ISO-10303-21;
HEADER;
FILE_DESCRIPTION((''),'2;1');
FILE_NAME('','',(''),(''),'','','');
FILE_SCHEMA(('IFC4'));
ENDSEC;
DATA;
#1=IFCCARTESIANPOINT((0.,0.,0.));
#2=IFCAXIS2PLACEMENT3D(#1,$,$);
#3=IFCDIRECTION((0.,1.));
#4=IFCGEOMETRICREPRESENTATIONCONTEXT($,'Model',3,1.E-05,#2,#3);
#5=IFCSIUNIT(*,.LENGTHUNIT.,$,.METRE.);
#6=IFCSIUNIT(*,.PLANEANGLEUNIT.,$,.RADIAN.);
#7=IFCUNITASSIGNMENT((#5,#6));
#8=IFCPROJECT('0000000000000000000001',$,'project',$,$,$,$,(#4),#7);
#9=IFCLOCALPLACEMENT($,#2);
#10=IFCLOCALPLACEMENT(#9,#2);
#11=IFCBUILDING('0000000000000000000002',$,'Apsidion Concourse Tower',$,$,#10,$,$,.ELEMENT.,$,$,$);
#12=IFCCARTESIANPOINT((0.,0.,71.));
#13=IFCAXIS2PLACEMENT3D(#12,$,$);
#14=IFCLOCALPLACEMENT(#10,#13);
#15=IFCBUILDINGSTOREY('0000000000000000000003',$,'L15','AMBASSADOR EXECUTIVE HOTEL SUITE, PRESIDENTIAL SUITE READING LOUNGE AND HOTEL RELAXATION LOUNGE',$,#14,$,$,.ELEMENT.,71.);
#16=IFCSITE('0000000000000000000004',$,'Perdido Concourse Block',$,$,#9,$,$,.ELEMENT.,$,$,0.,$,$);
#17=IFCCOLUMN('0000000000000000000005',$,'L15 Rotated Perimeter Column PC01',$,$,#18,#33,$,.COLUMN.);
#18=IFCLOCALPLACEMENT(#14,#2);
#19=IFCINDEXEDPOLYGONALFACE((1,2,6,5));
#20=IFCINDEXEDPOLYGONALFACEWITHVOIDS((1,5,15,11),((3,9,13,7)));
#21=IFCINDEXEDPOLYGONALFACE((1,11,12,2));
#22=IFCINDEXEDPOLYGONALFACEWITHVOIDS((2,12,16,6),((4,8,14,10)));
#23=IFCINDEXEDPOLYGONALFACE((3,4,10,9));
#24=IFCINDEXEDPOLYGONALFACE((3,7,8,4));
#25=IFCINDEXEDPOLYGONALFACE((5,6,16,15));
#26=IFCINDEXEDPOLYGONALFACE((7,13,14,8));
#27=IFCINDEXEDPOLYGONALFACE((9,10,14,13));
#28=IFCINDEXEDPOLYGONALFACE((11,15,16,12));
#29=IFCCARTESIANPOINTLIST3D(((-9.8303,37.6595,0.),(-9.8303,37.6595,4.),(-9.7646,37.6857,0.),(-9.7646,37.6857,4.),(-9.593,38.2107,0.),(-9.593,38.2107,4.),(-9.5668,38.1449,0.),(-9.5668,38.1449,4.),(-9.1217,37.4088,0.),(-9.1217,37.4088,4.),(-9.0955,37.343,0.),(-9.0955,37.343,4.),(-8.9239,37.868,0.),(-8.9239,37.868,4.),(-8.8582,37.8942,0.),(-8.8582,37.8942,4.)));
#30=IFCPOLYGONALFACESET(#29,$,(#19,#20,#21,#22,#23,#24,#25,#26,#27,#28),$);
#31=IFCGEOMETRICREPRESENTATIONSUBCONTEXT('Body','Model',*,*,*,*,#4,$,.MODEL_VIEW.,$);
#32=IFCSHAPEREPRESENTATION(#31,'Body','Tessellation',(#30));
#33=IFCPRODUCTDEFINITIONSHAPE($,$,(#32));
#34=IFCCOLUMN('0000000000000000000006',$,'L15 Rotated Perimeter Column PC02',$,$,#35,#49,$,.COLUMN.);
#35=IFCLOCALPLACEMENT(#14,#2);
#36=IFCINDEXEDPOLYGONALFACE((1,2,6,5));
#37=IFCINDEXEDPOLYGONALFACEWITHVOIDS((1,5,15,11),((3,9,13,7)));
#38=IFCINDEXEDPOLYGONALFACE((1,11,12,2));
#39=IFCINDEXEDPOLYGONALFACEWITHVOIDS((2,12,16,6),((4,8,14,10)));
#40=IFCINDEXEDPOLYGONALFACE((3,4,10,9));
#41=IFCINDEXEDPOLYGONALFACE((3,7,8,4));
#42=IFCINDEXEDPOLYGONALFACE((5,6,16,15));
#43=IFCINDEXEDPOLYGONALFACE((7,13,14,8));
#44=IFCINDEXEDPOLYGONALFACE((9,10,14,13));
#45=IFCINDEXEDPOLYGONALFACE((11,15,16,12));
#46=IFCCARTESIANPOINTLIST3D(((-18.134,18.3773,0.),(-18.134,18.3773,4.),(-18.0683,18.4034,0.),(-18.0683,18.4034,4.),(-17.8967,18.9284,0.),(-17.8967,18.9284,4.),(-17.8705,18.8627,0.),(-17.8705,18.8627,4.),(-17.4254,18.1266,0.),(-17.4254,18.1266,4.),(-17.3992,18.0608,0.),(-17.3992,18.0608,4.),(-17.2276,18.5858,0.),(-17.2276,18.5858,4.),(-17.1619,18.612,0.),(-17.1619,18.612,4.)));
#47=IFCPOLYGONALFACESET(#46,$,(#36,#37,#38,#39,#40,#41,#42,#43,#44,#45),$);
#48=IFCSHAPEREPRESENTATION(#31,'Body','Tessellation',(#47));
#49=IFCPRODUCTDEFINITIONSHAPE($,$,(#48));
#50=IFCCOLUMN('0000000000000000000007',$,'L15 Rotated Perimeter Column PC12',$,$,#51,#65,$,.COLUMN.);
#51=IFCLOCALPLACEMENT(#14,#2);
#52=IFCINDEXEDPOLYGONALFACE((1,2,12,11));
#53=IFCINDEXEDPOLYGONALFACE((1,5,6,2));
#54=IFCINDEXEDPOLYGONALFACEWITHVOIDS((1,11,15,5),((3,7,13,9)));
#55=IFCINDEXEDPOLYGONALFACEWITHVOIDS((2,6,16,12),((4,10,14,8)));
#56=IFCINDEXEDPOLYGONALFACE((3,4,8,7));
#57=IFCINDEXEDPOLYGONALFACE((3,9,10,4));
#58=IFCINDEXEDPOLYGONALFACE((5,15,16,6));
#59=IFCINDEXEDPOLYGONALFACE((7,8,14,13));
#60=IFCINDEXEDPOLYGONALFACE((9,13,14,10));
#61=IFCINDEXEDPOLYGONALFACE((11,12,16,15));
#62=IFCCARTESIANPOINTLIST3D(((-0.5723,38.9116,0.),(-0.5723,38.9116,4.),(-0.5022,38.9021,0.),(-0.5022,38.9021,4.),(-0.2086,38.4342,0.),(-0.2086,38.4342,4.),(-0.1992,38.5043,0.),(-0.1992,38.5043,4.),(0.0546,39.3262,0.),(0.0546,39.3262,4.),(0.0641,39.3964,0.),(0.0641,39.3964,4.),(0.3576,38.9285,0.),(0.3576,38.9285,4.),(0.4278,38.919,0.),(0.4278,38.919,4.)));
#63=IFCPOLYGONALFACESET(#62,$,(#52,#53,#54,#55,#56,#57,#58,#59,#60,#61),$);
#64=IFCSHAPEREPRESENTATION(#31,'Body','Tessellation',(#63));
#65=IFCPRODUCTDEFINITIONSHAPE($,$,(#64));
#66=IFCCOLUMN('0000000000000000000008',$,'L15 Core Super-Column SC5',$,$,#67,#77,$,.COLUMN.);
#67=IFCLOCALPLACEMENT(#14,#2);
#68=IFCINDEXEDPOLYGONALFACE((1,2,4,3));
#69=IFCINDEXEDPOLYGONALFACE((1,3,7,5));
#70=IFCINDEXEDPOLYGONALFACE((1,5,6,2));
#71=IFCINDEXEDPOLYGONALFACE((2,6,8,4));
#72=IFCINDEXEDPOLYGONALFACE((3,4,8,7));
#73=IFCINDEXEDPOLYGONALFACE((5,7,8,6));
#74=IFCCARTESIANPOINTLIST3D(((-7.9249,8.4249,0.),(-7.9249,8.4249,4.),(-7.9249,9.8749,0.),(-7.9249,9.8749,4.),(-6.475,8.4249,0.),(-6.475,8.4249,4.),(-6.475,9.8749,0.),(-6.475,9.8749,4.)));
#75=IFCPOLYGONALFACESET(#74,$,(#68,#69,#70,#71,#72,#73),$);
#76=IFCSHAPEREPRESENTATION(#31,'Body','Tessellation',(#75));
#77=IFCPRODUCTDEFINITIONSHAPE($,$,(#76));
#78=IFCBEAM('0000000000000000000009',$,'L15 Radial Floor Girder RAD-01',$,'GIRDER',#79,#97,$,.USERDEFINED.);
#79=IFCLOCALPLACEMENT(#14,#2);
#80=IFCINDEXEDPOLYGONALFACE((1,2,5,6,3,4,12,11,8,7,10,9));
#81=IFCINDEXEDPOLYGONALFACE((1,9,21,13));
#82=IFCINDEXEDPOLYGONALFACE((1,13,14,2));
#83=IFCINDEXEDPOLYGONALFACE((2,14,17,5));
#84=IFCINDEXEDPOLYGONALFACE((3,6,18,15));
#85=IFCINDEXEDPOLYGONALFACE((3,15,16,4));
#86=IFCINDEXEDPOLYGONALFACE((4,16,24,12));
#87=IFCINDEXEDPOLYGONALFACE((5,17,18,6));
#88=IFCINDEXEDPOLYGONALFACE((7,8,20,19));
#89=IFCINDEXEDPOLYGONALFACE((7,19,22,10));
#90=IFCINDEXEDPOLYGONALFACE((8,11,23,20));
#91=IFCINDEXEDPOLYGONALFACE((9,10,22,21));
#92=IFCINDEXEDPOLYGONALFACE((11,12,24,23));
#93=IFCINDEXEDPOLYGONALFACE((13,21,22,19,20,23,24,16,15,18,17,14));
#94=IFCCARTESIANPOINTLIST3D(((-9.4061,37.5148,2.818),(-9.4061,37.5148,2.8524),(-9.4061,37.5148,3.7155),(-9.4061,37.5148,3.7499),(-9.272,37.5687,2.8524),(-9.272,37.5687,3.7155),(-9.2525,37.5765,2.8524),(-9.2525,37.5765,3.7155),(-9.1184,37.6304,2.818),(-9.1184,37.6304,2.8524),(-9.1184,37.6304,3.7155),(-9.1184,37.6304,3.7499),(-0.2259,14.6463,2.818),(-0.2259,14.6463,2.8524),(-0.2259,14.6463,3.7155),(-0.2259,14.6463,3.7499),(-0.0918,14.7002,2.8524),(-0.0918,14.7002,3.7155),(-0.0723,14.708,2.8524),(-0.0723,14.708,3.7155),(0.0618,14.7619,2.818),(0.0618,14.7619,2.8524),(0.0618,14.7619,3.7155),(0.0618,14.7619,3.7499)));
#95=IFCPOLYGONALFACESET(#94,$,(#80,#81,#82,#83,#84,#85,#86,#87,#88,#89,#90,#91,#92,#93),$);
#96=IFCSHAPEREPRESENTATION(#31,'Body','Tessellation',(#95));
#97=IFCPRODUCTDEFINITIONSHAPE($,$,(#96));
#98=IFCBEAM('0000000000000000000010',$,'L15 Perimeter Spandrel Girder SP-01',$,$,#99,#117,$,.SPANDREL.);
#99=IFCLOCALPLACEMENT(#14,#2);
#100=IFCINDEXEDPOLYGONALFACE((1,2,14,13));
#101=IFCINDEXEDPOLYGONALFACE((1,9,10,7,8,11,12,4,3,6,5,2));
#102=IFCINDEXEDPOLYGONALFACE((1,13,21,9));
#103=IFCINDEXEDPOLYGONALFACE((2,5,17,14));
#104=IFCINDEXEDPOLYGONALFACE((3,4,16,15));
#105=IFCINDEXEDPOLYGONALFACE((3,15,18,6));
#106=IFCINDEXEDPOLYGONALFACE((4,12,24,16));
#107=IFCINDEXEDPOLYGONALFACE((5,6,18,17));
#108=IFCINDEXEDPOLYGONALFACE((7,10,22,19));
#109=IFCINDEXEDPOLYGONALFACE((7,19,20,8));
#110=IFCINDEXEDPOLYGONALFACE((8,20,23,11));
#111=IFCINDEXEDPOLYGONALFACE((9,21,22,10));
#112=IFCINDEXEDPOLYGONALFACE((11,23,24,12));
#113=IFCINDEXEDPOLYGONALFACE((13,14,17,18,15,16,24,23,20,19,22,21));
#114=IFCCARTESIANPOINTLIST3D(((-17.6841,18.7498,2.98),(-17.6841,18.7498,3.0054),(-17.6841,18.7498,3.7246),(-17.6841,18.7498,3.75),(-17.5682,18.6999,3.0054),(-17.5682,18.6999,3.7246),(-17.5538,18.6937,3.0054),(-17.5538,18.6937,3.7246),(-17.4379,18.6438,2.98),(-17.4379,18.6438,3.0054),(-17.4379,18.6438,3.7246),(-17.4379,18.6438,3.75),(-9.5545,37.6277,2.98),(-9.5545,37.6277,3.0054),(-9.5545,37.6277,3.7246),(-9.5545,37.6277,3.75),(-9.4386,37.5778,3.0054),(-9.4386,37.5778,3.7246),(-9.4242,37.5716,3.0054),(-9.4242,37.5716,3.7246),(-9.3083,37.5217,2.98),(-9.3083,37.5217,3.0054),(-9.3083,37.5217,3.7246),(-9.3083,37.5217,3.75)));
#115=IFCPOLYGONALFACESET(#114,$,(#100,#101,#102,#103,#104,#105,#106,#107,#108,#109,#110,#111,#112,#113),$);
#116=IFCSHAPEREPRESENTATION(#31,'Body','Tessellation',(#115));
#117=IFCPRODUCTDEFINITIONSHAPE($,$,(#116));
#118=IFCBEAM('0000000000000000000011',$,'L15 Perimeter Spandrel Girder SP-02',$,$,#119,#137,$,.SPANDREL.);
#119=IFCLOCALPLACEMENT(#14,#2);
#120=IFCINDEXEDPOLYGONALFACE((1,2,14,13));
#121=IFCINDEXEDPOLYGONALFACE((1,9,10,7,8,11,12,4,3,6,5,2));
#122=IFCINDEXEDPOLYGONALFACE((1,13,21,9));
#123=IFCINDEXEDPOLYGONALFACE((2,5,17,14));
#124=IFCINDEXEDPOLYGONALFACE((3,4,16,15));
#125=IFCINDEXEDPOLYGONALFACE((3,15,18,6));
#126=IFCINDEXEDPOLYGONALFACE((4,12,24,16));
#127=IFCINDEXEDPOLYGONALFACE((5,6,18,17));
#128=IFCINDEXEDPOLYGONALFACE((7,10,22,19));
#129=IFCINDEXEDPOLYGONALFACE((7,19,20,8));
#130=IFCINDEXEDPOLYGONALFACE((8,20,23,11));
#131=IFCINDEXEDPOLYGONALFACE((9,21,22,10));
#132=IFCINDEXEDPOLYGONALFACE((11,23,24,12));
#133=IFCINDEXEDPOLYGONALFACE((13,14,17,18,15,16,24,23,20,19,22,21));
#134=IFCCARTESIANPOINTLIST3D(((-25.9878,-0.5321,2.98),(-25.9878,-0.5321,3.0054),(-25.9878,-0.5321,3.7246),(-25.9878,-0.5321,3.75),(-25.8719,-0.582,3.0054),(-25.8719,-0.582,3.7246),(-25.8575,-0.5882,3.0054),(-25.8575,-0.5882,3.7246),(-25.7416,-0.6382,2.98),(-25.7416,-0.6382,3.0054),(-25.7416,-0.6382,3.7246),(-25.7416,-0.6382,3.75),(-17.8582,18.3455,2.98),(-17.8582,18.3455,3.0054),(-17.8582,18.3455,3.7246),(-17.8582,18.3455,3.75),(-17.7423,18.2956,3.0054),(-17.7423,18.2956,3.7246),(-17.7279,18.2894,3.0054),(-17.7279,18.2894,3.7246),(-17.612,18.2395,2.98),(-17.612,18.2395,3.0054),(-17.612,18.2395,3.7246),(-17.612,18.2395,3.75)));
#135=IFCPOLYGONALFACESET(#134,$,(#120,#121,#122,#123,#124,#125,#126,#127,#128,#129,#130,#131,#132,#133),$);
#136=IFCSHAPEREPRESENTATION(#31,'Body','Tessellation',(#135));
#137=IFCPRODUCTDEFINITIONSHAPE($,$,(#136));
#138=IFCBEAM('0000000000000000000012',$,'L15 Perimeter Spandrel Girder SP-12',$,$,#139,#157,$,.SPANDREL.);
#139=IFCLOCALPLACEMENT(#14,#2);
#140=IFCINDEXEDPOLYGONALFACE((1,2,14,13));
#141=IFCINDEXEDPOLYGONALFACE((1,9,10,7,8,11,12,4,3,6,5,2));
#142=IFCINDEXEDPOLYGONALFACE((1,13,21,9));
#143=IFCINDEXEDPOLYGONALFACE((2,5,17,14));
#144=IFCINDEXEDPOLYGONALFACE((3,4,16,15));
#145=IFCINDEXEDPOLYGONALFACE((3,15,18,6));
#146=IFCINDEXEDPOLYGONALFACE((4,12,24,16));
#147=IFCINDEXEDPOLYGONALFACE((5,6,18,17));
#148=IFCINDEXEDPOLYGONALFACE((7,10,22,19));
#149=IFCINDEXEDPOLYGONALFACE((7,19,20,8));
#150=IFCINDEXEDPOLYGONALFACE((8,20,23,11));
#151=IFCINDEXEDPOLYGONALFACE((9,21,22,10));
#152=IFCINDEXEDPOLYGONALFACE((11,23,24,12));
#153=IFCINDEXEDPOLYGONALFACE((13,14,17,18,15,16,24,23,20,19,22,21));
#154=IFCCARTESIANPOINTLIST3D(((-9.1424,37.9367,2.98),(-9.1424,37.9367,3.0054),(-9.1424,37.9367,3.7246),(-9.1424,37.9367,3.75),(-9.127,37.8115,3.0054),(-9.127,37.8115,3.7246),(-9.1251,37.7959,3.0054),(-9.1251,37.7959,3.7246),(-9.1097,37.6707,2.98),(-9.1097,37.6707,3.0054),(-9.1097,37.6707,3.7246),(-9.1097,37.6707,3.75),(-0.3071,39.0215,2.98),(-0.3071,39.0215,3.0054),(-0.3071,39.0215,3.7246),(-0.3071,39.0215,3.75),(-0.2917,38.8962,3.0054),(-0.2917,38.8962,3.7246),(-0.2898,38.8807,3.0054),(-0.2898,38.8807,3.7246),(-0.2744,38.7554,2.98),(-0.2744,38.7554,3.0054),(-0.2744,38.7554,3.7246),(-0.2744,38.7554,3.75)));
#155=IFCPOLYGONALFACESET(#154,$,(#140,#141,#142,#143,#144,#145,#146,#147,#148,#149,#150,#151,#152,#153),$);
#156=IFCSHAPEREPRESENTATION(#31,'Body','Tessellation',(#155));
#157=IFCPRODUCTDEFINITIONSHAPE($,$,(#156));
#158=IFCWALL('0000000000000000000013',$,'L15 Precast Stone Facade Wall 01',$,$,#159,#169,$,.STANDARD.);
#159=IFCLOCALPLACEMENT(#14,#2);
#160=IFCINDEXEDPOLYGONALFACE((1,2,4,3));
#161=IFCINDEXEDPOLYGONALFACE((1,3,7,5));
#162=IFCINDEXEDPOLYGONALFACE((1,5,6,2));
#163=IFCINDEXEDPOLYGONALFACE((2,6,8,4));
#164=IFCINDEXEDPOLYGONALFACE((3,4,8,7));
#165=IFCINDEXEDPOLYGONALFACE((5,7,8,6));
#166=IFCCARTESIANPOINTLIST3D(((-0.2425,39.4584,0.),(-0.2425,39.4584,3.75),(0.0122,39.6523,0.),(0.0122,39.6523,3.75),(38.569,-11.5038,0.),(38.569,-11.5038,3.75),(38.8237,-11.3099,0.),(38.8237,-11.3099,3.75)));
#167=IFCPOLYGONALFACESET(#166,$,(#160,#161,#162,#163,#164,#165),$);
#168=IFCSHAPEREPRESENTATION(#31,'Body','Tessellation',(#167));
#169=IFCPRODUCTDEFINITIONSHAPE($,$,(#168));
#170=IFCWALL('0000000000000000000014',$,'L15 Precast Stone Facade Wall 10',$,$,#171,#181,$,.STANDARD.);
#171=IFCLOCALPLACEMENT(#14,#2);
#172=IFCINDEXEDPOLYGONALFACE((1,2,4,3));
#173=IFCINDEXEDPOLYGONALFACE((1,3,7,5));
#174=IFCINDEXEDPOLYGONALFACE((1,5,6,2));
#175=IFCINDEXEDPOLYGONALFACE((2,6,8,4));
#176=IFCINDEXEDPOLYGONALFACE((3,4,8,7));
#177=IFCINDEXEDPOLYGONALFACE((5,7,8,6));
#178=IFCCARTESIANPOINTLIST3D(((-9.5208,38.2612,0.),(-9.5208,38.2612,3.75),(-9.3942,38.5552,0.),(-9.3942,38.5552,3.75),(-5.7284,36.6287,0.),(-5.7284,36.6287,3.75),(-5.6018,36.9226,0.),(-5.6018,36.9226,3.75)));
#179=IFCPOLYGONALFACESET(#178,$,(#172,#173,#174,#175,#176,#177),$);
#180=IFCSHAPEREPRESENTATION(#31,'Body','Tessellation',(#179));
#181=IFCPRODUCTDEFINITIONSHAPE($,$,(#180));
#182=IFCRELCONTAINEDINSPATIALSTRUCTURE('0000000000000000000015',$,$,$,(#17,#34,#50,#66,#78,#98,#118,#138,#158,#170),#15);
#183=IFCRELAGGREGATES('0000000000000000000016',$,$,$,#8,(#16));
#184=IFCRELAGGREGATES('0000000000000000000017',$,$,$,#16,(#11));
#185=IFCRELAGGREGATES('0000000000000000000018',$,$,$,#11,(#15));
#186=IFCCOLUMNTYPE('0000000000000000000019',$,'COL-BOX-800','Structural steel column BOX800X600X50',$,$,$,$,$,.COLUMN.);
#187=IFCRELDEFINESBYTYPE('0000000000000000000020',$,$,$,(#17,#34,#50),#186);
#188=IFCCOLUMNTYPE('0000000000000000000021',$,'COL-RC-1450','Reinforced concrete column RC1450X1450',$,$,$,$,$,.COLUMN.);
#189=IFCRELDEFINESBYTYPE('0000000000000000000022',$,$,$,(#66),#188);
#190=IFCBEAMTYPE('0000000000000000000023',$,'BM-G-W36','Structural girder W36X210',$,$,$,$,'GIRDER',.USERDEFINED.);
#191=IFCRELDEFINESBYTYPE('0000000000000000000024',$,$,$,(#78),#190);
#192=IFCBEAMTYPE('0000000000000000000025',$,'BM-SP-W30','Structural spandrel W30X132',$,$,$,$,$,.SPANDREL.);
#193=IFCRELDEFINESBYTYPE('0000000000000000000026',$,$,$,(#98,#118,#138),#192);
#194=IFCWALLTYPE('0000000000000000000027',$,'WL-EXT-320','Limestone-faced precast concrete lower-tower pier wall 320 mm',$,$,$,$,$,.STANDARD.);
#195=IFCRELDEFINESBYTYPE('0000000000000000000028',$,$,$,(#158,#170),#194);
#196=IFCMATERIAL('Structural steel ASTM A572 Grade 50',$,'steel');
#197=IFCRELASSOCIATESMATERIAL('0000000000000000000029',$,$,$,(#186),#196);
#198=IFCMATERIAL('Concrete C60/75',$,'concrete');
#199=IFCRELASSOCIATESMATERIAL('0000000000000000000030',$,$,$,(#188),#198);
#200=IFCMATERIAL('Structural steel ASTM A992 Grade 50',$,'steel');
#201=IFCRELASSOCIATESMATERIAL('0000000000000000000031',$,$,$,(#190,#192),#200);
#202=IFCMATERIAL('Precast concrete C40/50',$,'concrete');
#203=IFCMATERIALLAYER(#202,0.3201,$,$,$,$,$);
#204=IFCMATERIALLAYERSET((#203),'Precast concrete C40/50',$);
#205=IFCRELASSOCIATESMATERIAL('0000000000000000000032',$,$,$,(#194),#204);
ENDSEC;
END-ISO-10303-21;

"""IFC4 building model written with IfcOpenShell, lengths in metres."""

from ifc_helpers import new_model, si_unit, direction, frame, frame_2d, origin, origin_2d, place, context, subcontext, project, spatial, rectangle, hollow_rectangle, i_section, extrude, material, layer, layer_set, material_profile, profile_set, type_object, element, save


model = new_model("IFC4")

# Units and contexts
model_context = context("Model", 3, precision=1e-05, world=origin(), true_north=direction((0.0, 1.0)))
body_context = subcontext(model_context, "Body", "Model", "MODEL_VIEW")
ifc_project = project(units=[si_unit("LENGTHUNIT", "METRE"), si_unit("PLANEANGLEUNIT", "RADIAN")], contexts=[model_context])

# Site, building, storey
site_placement = place(None, origin())
site = spatial("IfcSite", under=ifc_project, at=site_placement, Name="Perdido Concourse Block", CompositionType="ELEMENT", RefElevation=0.0)
building_placement = place(site_placement, origin())
building = spatial("IfcBuilding", under=site, at=building_placement, Name="Apsidion Concourse Tower", CompositionType="ELEMENT")
storey_placement = place(building_placement, frame((0.0, 0.0, 71.0)))
storey = spatial("IfcBuildingStorey", under=building, at=storey_placement, Name="L15", Description="AMBASSADOR EXECUTIVE HOTEL SUITE, PRESIDENTIAL SUITE READING LOUNGE AND HOTEL RELAXATION LOUNGE", CompositionType="ELEMENT", Elevation=71.0)

# Columns
ifc_material_1 = material(Name="Structural steel ASTM A572 Grade 50", Category="steel")
ifc_material_profile_1 = material_profile(ifc_material_1, hollow_rectangle(XDim=0.6001, YDim=0.8, WallThickness=0.05, at=origin_2d()), Name="BOX800X600X50")
ifc_profile_set_1 = profile_set([ifc_material_profile_1], Name="Structural steel ASTM A572 Grade 50")
column_type_1 = type_object("IfcColumnType", Name="COL-BOX-800", Description="Structural steel column BOX800X600X50", PredefinedType="COLUMN", material=ifc_profile_set_1)
for number, where, z_axis, x_axis, name in (
    (1, (-9.3442, 37.7769, 0.0), (0.0, 0.0, 1.0), (0.395546, 0.918446, 0.0), "L15 Rotated Perimeter Column PC01"),
    (2, (-17.6479, 18.4946, 0.0), (0.0, 0.0, 1.0), (0.395546, 0.918446, 0.0), "L15 Rotated Perimeter Column PC02"),
    (3, (-0.0723, 38.9153, 0.0), (0.0, 0.0, 1.0), (-0.605988, 0.795473, 0.0), "L15 Rotated Perimeter Column PC12"),
):
    element("IfcColumn", number, at=place(storey_placement, frame(where, z_axis=z_axis, x_axis=x_axis)), inside=storey, type_object=column_type_1, Name=name, PredefinedType="COLUMN", context=body_context, shape_type="SweptSolid", body=[
        extrude(hollow_rectangle(XDim=0.6001, YDim=0.8, WallThickness=0.05, at=origin_2d()), origin(), (0.0, 0.0, 1.0), 4.0),
    ])
ifc_material_2 = material(Name="Concrete C60/75", Category="concrete")
ifc_material_profile_2 = material_profile(ifc_material_2, rectangle(XDim=1.45, YDim=1.45, at=origin_2d()), Name="RC 1450x1450")
ifc_profile_set_2 = profile_set([ifc_material_profile_2], Name="Concrete C60/75")
column_type_2 = type_object("IfcColumnType", Name="COL-RC-1450", Description="Reinforced concrete column RC1450X1450", PredefinedType="COLUMN", material=ifc_profile_set_2)
column_placement = place(storey_placement, frame((-7.2, 9.1499, 0.0), z_axis=(0.0, 0.0, 1.0), x_axis=(1.0, 0.0, 0.0)))
element("IfcColumn", 4, at=column_placement, inside=storey, type_object=column_type_2, Name="L15 Core Super-Column SC5", PredefinedType="COLUMN", context=body_context, shape_type="SweptSolid", body=[
    extrude(rectangle(XDim=1.45, YDim=1.45, at=origin_2d()), origin(), (0.0, 0.0, 1.0), 4.0),
])

# Beams
ifc_material_3 = material(Name="Structural steel ASTM A992 Grade 50", Category="steel")
ifc_material_profile_3 = material_profile(ifc_material_3, i_section(OverallWidth=0.3101, OverallDepth=0.9319, WebThickness=0.021, FlangeThickness=0.0344, at=origin_2d()), Name="W36X210")
ifc_profile_set_3 = profile_set([ifc_material_profile_3], Name="Structural steel ASTM A992 Grade 50")
beam_type_1 = type_object("IfcBeamType", Name="BM-G-W36", Description="Structural girder W36X210", ElementType="GIRDER", PredefinedType="USERDEFINED", material=ifc_profile_set_3)
beam_1_placement = place(storey_placement, frame((-0.082, 14.7041, 3.2839), z_axis=(-0.372538, 0.928017, 0.0), x_axis=(-0.928017, -0.372538, 0.0)))
element("IfcBeam", 5, at=beam_1_placement, inside=storey, type_object=beam_type_1, Name="L15 Radial Floor Girder RAD-01", ObjectType="GIRDER", PredefinedType="USERDEFINED", context=body_context, shape_type="SweptSolid", body=[
    extrude(i_section(OverallWidth=0.3101, OverallDepth=0.9319, WebThickness=0.021, FlangeThickness=0.0344, at=origin_2d()), origin(), (0.0, 0.0, 1.0), 24.6423),
])
ifc_material_profile_4 = material_profile(ifc_material_3, i_section(OverallWidth=0.2681, OverallDepth=0.77, WebThickness=0.0156, FlangeThickness=0.0254, at=origin_2d()), Name="W30X132")
ifc_profile_set_4 = profile_set([ifc_material_profile_4], Name="Structural steel ASTM A992 Grade 50")
beam_type_2 = type_object("IfcBeamType", Name="BM-SP-W30", Description="Structural spandrel W30X132", PredefinedType="SPANDREL", material=ifc_profile_set_4)
beam_2_placement = place(storey_placement, frame((-9.4314, 37.5747, 3.365), z_axis=(-0.395526, -0.918455, 0.0), x_axis=(0.918455, -0.395526, 0.0)))
element("IfcBeam", 6, at=beam_2_placement, inside=storey, type_object=beam_type_2, Name="L15 Perimeter Spandrel Girder SP-01", PredefinedType="SPANDREL", context=body_context, shape_type="SweptSolid", body=[
    extrude(i_section(OverallWidth=0.2681, OverallDepth=0.77, WebThickness=0.0156, FlangeThickness=0.0254, at=origin_2d()), origin(), (0.0, 0.0, 1.0), 20.554),
])
beam_3_placement = place(storey_placement, frame((-17.7351, 18.2925, 3.365), z_axis=(-0.39553, -0.918453, 0.0), x_axis=(0.918453, -0.39553, 0.0)))
element("IfcBeam", 7, at=beam_3_placement, inside=storey, type_object=beam_type_2, Name="L15 Perimeter Spandrel Girder SP-02", PredefinedType="SPANDREL", context=body_context, shape_type="SweptSolid", body=[
    extrude(i_section(OverallWidth=0.2681, OverallDepth=0.77, WebThickness=0.0156, FlangeThickness=0.0254, at=origin_2d()), origin(), (0.0, 0.0, 1.0), 20.5537),
])
beam_4_placement = place(storey_placement, frame((-0.2908, 38.8884, 3.365), z_axis=(-0.992548, -0.121857, 0.0), x_axis=(0.121857, -0.992548, 0.0)))
element("IfcBeam", 8, at=beam_4_placement, inside=storey, type_object=beam_type_2, Name="L15 Perimeter Spandrel Girder SP-12", PredefinedType="SPANDREL", context=body_context, shape_type="SweptSolid", body=[
    extrude(i_section(OverallWidth=0.2681, OverallDepth=0.77, WebThickness=0.0156, FlangeThickness=0.0254, at=origin_2d()), origin(), (0.0, 0.0, 1.0), 8.9016),
])

# Walls
ifc_material_4 = material(Name="Precast concrete C40/50", Category="concrete")
ifc_layer_1 = layer(ifc_material_4, 0.3201)
ifc_layer_set_1 = layer_set([ifc_layer_1], Name="Precast concrete C40/50")
wall_type_1 = type_object("IfcWallType", Name="WL-EXT-320", Description="Limestone-faced precast concrete lower-tower pier wall 320 mm", PredefinedType="STANDARD", material=ifc_layer_set_1)
wall_1_placement = place(storey_placement, frame((-0.1152, 39.5554, 0.0), z_axis=(0.0, 0.0, 1.0), x_axis=(0.605877, -0.795558, 0.0)))
element("IfcWall", 9, at=wall_1_placement, inside=storey, type_object=wall_type_1, Name="L15 Precast Stone Facade Wall 01", PredefinedType="STANDARD", context=body_context, shape_type="SweptSolid", body=[
    extrude(rectangle(XDim=64.0583, YDim=0.3201, at=frame_2d((32.0293, 0.0))), origin(), (0.0, 0.0, 1.0), 3.75),
])
wall_2_placement = place(storey_placement, frame((-9.4575, 38.4082, 0.0), z_axis=(0.0, 0.0, 1.0), x_axis=(0.918511, -0.395396, 0.0)))
element("IfcWall", 10, at=wall_2_placement, inside=storey, type_object=wall_type_1, Name="L15 Precast Stone Facade Wall 10", PredefinedType="STANDARD", context=body_context, shape_type="SweptSolid", body=[
    extrude(rectangle(XDim=4.1289, YDim=0.3201, at=frame_2d((2.0645, 0.0))), origin(), (0.0, 0.0, 1.0), 3.75),
])

save(model, "model.ifc")
